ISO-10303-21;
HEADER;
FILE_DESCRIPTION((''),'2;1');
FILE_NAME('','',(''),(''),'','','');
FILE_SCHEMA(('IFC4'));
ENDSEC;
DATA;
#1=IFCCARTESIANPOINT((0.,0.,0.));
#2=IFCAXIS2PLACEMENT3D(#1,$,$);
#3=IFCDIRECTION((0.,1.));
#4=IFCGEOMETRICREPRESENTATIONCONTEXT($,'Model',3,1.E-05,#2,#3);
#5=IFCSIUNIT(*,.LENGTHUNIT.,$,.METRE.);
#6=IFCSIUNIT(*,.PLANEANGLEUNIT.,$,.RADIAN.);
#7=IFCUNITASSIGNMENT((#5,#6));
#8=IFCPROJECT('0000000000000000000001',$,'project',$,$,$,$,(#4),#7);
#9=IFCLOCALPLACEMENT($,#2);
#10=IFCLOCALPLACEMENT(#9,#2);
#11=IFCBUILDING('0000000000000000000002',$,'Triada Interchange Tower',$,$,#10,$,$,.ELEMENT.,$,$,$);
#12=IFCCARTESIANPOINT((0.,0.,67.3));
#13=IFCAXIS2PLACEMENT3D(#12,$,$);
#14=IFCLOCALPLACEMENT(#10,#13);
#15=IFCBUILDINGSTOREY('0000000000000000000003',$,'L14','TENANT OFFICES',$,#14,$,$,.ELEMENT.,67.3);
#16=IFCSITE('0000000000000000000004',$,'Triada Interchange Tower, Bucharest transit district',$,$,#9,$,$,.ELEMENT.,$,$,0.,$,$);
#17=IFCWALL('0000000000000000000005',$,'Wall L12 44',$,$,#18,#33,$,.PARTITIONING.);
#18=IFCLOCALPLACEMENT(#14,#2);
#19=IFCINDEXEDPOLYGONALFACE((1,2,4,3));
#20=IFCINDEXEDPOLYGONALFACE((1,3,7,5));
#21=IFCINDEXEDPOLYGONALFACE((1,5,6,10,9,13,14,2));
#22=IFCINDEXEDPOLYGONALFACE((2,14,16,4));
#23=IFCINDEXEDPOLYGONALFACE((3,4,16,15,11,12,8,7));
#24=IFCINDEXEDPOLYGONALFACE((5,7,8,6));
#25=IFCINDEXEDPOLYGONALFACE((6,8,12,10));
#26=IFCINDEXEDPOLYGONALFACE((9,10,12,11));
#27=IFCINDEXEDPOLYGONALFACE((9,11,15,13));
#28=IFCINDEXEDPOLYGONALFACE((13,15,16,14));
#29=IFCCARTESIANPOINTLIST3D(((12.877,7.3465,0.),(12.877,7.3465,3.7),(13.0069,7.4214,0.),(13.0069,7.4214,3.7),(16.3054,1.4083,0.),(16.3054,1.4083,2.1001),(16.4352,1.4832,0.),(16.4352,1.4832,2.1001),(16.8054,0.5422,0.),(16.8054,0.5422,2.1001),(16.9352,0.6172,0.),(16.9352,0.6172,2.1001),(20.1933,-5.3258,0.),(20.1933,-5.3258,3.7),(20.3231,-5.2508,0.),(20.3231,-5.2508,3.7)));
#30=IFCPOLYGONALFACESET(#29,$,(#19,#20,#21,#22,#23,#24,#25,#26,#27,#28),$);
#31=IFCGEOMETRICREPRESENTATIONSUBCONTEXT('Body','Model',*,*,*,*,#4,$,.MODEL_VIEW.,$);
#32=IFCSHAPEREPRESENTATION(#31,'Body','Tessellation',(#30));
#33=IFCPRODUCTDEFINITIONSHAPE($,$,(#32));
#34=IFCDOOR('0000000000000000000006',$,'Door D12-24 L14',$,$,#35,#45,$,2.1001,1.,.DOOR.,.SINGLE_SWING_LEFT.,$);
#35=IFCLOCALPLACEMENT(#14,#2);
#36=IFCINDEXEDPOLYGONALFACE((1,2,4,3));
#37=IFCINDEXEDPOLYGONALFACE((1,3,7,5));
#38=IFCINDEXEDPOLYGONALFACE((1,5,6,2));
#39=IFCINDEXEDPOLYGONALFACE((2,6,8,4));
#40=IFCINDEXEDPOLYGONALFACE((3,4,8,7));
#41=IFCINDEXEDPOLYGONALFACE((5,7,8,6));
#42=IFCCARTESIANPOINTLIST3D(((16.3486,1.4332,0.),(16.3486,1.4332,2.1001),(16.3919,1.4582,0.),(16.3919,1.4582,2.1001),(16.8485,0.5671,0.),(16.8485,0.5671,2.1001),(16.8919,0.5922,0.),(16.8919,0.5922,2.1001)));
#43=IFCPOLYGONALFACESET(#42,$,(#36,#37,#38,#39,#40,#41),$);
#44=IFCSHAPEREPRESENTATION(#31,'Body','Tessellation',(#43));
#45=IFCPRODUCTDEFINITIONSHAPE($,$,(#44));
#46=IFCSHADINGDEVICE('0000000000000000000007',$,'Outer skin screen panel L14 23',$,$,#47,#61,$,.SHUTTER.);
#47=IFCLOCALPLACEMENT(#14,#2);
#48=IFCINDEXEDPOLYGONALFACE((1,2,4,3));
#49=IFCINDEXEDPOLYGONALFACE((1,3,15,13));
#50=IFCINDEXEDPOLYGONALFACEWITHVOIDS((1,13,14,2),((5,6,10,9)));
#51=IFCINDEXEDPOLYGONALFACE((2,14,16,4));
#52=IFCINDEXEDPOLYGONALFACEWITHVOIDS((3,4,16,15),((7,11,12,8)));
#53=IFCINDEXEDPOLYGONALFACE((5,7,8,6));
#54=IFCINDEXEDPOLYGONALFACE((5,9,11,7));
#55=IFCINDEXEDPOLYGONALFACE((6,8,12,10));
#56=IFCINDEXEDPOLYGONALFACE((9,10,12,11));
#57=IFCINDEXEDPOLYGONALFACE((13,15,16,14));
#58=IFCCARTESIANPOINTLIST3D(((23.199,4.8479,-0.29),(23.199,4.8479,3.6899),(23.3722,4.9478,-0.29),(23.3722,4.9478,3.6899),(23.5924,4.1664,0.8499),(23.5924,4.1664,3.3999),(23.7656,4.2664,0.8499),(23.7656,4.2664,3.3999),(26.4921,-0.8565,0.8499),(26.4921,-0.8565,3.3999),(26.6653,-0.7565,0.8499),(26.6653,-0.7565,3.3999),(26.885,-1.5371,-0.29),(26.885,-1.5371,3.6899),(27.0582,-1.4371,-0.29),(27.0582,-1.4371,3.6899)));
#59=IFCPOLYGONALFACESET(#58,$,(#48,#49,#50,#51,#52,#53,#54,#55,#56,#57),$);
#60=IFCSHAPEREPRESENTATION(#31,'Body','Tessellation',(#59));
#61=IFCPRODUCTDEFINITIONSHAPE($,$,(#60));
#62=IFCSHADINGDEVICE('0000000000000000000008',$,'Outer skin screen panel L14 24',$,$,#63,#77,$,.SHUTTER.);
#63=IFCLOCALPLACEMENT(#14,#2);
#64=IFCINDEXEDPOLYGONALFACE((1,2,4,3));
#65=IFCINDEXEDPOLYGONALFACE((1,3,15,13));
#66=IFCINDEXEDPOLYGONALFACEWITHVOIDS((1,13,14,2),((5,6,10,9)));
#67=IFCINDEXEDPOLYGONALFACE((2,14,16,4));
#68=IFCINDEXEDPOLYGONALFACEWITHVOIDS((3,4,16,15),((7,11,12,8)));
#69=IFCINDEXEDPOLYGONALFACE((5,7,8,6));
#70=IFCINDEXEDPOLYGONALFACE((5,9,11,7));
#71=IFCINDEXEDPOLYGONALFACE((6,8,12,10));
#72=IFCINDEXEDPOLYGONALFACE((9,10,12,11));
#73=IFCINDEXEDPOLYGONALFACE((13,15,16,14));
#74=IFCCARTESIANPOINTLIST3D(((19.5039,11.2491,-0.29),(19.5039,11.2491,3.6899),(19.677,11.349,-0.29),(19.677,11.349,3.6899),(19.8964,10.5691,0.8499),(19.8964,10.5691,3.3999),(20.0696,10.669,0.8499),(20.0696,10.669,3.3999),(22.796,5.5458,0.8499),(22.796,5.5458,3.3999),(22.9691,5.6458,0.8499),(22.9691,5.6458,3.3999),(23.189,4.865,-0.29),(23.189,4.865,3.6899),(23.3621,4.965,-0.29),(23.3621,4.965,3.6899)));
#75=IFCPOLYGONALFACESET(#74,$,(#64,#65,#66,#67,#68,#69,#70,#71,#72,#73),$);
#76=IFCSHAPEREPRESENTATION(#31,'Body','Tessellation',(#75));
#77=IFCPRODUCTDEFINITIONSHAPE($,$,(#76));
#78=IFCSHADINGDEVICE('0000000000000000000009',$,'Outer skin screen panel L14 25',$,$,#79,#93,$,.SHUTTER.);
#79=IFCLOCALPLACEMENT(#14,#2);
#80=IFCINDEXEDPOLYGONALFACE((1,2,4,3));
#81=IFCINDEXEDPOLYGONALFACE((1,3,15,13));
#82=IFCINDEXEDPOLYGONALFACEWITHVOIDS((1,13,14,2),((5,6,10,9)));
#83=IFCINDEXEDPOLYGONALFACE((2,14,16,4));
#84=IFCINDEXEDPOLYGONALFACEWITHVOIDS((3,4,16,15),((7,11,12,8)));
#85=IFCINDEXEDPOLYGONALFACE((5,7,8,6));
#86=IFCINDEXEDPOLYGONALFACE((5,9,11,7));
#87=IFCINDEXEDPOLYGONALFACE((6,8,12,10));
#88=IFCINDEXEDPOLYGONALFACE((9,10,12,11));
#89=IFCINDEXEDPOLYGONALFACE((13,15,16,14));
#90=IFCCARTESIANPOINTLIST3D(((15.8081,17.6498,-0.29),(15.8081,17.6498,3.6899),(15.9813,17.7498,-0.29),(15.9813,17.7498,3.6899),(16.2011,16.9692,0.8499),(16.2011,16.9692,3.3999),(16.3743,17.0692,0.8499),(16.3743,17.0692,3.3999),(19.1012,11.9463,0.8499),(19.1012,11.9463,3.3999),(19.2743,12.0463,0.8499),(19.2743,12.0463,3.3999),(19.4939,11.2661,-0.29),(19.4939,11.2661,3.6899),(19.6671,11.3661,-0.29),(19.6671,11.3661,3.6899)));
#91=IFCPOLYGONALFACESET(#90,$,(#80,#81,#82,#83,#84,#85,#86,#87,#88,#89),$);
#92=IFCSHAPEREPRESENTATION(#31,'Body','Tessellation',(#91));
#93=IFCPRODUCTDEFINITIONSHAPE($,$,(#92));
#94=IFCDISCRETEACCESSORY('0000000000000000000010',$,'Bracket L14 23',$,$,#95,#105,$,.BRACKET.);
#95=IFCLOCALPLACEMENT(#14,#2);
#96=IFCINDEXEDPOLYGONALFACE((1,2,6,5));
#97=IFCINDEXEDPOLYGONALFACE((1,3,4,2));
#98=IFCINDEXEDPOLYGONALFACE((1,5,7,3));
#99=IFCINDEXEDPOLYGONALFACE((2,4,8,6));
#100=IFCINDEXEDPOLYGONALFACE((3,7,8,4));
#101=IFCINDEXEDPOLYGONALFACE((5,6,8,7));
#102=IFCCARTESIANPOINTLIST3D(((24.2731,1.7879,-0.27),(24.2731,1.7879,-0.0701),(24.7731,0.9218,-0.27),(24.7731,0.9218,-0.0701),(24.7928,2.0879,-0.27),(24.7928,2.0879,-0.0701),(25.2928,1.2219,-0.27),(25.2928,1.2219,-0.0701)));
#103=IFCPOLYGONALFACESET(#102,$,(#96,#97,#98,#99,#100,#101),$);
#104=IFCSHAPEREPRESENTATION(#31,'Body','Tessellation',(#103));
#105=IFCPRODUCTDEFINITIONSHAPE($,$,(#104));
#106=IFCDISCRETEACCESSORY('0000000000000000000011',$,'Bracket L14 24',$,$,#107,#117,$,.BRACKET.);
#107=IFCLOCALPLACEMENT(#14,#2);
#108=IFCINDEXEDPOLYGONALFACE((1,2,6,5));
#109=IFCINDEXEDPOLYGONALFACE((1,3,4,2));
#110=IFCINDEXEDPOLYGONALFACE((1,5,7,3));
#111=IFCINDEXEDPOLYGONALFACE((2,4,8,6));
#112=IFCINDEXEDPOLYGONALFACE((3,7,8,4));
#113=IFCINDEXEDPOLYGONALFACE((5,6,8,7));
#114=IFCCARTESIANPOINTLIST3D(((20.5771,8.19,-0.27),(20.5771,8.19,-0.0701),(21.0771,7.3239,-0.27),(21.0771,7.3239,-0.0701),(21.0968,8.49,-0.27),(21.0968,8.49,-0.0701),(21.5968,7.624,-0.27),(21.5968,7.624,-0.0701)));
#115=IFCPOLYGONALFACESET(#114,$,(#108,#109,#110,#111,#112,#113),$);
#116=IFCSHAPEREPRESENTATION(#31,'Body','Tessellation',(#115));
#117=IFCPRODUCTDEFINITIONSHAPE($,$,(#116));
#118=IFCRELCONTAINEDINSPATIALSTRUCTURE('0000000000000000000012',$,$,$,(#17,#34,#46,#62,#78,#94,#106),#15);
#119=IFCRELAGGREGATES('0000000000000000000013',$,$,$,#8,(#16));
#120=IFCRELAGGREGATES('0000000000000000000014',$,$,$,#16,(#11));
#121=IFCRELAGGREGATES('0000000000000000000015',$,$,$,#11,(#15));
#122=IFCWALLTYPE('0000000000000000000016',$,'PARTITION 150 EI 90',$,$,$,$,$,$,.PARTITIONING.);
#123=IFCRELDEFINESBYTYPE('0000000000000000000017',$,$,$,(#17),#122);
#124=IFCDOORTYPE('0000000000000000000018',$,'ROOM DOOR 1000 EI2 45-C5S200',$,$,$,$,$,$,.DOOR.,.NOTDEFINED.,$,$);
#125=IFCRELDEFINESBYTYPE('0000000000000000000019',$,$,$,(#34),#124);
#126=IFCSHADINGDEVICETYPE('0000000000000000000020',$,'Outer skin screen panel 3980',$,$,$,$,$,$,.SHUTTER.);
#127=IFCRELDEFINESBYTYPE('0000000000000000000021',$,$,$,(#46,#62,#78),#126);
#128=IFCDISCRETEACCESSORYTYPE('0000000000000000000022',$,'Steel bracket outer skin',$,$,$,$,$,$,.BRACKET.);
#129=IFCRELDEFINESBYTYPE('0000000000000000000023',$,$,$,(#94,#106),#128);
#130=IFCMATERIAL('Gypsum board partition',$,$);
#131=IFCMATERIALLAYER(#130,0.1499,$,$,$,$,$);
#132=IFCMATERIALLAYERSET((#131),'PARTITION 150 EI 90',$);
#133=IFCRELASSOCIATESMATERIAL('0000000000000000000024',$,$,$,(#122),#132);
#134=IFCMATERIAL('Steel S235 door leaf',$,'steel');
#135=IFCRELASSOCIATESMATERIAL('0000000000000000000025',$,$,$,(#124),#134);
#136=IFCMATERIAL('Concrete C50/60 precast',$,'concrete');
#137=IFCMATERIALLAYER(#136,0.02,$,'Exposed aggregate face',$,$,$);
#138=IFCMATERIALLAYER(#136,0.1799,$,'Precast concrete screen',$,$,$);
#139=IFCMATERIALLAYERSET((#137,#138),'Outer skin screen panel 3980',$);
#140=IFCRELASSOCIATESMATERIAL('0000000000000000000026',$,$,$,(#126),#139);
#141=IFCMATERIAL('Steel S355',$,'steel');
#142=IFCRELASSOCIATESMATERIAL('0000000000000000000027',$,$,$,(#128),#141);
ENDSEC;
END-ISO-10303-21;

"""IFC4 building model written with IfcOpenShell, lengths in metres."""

from ifc_helpers import new_model, si_unit, direction, frame, frame_2d, origin, origin_2d, place, context, subcontext, project, spatial, polyline, rectangle, outline, extrude, material, layer, layer_set, type_object, element, fill, save


model = new_model("IFC4")

# Units and contexts
model_context = context("Model", 3, precision=1e-05, world=origin(), true_north=direction((0.0, 1.0)))
body_context = subcontext(model_context, "Body", "Model", "MODEL_VIEW")
ifc_project = project(units=[si_unit("LENGTHUNIT", "METRE"), si_unit("PLANEANGLEUNIT", "RADIAN")], contexts=[model_context])

# Site, building, storey
site_placement = place(None, origin())
site = spatial("IfcSite", under=ifc_project, at=site_placement, Name="Triada Interchange Tower, Bucharest transit district", CompositionType="ELEMENT", RefElevation=0.0)
building_placement = place(site_placement, origin())
building = spatial("IfcBuilding", under=site, at=building_placement, Name="Triada Interchange Tower", CompositionType="ELEMENT")
storey_placement = place(building_placement, frame((0.0, 0.0, 67.3)))
storey = spatial("IfcBuildingStorey", under=building, at=storey_placement, Name="L14", Description="TENANT OFFICES", CompositionType="ELEMENT", Elevation=67.3)

# Shared definitions
ifc_material_1 = material(Name="Gypsum board partition")

# Wall, opening, door
ifc_layer_1 = layer(ifc_material_1, 0.1499)
ifc_layer_set_1 = layer_set([ifc_layer_1], Name="PARTITION 150 EI 90")
wall_type_1 = type_object("IfcWallType", Name="PARTITION 150 EI 90", PredefinedType="PARTITIONING", material=ifc_layer_set_1)
wall_1_placement = place(storey_placement, frame((12.9419, 7.384, 0.0), z_axis=(0.0, 0.0, 1.0), x_axis=(0.499995, -0.866028, 0.0)))
wall_1 = element("IfcWall", 1, at=wall_1_placement, inside=storey, type_object=wall_type_1, Name="Wall L12 44", PredefinedType="PARTITIONING", context=body_context, shape_type="SweptSolid", body=[
    extrude(rectangle(XDim=14.6326, YDim=0.1499, at=frame_2d((7.3164, 0.0))), origin(), (0.0, 0.0, 1.0), 3.7),
])
opening_placement = place(wall_1_placement, frame((6.8569, 0.0, 0.0)))
opening = element("IfcOpeningElement", 2, at=opening_placement, cuts=wall_1, PredefinedType="OPENING", context=body_context, shape_type="SweptSolid", body=[
    extrude(rectangle(XDim=1.0, YDim=2.1001, at=frame_2d((0.5, 1.05))), frame((0.0, 0.085, 0.0), z_axis=(0.0, -1.0, 0.0), x_axis=(1.0, 0.0, 0.0)), (0.0, 0.0, 1.0), 0.1699),
])
ifc_material_2 = material(Name="Steel S235 door leaf", Category="steel")
door_type = type_object("IfcDoorType", Name="ROOM DOOR 1000 EI2 45-C5S200", OperationType="NOTDEFINED", PredefinedType="DOOR", material=ifc_material_2)
door_placement = place(opening_placement, origin())
door = element("IfcDoor", 3, at=door_placement, inside=storey, type_object=door_type, Name="Door D12-24 L14", OperationType="SINGLE_SWING_LEFT", OverallHeight=2.1001, OverallWidth=1.0, PredefinedType="DOOR", context=body_context, shape_type="SweptSolid", body=[
    extrude(rectangle(XDim=1.0, YDim=2.1001, at=frame_2d((0.5, 1.05))), frame((0.0, 0.0249, 0.0), z_axis=(0.0, -1.0, 0.0), x_axis=(1.0, 0.0, 0.0)), (0.0, 0.0, 1.0), 0.05),
])
fill(opening, door)

# Shading devices
ifc_material_3 = material(Name="Concrete C50/60 precast", Category="concrete")
ifc_layer_2 = layer(ifc_material_3, 0.02, Name="Exposed aggregate face")
ifc_layer_3 = layer(ifc_material_3, 0.1799, Name="Precast concrete screen")
ifc_layer_set_2 = layer_set([ifc_layer_2, ifc_layer_3], Name="Outer skin screen panel 3980")
shading_device_type = type_object("IfcShadingDeviceType", Name="Outer skin screen panel 3980", PredefinedType="SHUTTER", material=ifc_layer_set_2)
shading_device_1_placement = place(storey_placement, frame((26.885, -1.5371, -0.29), z_axis=(0.0, 0.0, 1.0), x_axis=(-0.499964, 0.866046, 0.0)))
element("IfcShadingDevice", 4, at=shading_device_1_placement, inside=storey, type_object=shading_device_type, Name="Outer skin screen panel L14 23", PredefinedType="SHUTTER", context=body_context, shape_type="SweptSolid", body=[
    extrude(outline(polyline([(0.0, 0.0), (7.3726, 0.0), (7.3726, 3.98), (0.0, 3.98), (0.0, 0.0)]), holes=[polyline([(0.7859, 1.1399), (0.7859, 3.6899), (6.5857, 3.6899), (6.5857, 1.1399), (0.7859, 1.1399)])]), frame((0.0, 0.0, 0.0), z_axis=(0.0, -1.0, 0.0), x_axis=(1.0, 0.0, 0.0)), (0.0, 0.0, 1.0), 0.2),
])
shading_device_2_placement = place(storey_placement, frame((23.189, 4.865, -0.29), z_axis=(0.0, 0.0, 1.0), x_axis=(-0.499922, 0.86607, 0.0)))
element("IfcShadingDevice", 5, at=shading_device_2_placement, inside=storey, type_object=shading_device_type, Name="Outer skin screen panel L14 24", PredefinedType="SHUTTER", context=body_context, shape_type="SweptSolid", body=[
    extrude(outline(polyline([(0.0, 0.0), (7.3713, 0.0), (7.3713, 3.98), (0.0, 3.98), (0.0, 0.0)]), holes=[polyline([(0.7861, 1.1399), (0.7861, 3.6899), (6.5862, 3.6899), (6.5862, 1.1399), (0.7861, 1.1399)])]), frame((0.0, 0.0, 0.0), z_axis=(0.0, -1.0, 0.0), x_axis=(1.0, 0.0, 0.0)), (0.0, 0.0, 1.0), 0.2),
])
shading_device_3_placement = place(storey_placement, frame((19.4939, 11.2661, -0.29), z_axis=(0.0, 0.0, 1.0), x_axis=(-0.500011, 0.866019, 0.0)))
element("IfcShadingDevice", 6, at=shading_device_3_placement, inside=storey, type_object=shading_device_type, Name="Outer skin screen panel L14 25", PredefinedType="SHUTTER", context=body_context, shape_type="SweptSolid", body=[
    extrude(outline(polyline([(0.0, 0.0), (7.3713, 0.0), (7.3713, 3.98), (0.0, 3.98), (0.0, 0.0)]), holes=[polyline([(0.7854, 1.1399), (0.7854, 3.6899), (6.5854, 3.6899), (6.5854, 1.1399), (0.7854, 1.1399)])]), frame((0.0, 0.0, 0.0), z_axis=(0.0, -1.0, 0.0), x_axis=(1.0, 0.0, 0.0)), (0.0, 0.0, 1.0), 0.2),
])

# Discrete accessories
ifc_material_4 = material(Name="Steel S355", Category="steel")
discrete_accessory_type = type_object("IfcDiscreteAccessoryType", Name="Steel bracket outer skin", PredefinedType="BRACKET", material=ifc_material_4)
for number, where, z_axis, x_axis, name in (
    (7, (24.783, 1.5049, -0.27), (0.0, 0.0, 1.0), (0.866022, 0.500006, 0.0), "Bracket L14 23"),
    (8, (21.0869, 7.907, -0.27), (0.0, 0.0, 1.0), (0.866022, 0.500006, 0.0), "Bracket L14 24"),
):
    element("IfcDiscreteAccessory", number, at=place(storey_placement, frame(where, z_axis=z_axis, x_axis=x_axis)), inside=storey, type_object=discrete_accessory_type, Name=name, PredefinedType="BRACKET", context=body_context, shape_type="SweptSolid", body=[
        extrude(rectangle(XDim=0.6001, YDim=1.0, at=origin_2d()), origin(), (0.0, 0.0, 1.0), 0.2),
    ])

save(model, "model.ifc")
